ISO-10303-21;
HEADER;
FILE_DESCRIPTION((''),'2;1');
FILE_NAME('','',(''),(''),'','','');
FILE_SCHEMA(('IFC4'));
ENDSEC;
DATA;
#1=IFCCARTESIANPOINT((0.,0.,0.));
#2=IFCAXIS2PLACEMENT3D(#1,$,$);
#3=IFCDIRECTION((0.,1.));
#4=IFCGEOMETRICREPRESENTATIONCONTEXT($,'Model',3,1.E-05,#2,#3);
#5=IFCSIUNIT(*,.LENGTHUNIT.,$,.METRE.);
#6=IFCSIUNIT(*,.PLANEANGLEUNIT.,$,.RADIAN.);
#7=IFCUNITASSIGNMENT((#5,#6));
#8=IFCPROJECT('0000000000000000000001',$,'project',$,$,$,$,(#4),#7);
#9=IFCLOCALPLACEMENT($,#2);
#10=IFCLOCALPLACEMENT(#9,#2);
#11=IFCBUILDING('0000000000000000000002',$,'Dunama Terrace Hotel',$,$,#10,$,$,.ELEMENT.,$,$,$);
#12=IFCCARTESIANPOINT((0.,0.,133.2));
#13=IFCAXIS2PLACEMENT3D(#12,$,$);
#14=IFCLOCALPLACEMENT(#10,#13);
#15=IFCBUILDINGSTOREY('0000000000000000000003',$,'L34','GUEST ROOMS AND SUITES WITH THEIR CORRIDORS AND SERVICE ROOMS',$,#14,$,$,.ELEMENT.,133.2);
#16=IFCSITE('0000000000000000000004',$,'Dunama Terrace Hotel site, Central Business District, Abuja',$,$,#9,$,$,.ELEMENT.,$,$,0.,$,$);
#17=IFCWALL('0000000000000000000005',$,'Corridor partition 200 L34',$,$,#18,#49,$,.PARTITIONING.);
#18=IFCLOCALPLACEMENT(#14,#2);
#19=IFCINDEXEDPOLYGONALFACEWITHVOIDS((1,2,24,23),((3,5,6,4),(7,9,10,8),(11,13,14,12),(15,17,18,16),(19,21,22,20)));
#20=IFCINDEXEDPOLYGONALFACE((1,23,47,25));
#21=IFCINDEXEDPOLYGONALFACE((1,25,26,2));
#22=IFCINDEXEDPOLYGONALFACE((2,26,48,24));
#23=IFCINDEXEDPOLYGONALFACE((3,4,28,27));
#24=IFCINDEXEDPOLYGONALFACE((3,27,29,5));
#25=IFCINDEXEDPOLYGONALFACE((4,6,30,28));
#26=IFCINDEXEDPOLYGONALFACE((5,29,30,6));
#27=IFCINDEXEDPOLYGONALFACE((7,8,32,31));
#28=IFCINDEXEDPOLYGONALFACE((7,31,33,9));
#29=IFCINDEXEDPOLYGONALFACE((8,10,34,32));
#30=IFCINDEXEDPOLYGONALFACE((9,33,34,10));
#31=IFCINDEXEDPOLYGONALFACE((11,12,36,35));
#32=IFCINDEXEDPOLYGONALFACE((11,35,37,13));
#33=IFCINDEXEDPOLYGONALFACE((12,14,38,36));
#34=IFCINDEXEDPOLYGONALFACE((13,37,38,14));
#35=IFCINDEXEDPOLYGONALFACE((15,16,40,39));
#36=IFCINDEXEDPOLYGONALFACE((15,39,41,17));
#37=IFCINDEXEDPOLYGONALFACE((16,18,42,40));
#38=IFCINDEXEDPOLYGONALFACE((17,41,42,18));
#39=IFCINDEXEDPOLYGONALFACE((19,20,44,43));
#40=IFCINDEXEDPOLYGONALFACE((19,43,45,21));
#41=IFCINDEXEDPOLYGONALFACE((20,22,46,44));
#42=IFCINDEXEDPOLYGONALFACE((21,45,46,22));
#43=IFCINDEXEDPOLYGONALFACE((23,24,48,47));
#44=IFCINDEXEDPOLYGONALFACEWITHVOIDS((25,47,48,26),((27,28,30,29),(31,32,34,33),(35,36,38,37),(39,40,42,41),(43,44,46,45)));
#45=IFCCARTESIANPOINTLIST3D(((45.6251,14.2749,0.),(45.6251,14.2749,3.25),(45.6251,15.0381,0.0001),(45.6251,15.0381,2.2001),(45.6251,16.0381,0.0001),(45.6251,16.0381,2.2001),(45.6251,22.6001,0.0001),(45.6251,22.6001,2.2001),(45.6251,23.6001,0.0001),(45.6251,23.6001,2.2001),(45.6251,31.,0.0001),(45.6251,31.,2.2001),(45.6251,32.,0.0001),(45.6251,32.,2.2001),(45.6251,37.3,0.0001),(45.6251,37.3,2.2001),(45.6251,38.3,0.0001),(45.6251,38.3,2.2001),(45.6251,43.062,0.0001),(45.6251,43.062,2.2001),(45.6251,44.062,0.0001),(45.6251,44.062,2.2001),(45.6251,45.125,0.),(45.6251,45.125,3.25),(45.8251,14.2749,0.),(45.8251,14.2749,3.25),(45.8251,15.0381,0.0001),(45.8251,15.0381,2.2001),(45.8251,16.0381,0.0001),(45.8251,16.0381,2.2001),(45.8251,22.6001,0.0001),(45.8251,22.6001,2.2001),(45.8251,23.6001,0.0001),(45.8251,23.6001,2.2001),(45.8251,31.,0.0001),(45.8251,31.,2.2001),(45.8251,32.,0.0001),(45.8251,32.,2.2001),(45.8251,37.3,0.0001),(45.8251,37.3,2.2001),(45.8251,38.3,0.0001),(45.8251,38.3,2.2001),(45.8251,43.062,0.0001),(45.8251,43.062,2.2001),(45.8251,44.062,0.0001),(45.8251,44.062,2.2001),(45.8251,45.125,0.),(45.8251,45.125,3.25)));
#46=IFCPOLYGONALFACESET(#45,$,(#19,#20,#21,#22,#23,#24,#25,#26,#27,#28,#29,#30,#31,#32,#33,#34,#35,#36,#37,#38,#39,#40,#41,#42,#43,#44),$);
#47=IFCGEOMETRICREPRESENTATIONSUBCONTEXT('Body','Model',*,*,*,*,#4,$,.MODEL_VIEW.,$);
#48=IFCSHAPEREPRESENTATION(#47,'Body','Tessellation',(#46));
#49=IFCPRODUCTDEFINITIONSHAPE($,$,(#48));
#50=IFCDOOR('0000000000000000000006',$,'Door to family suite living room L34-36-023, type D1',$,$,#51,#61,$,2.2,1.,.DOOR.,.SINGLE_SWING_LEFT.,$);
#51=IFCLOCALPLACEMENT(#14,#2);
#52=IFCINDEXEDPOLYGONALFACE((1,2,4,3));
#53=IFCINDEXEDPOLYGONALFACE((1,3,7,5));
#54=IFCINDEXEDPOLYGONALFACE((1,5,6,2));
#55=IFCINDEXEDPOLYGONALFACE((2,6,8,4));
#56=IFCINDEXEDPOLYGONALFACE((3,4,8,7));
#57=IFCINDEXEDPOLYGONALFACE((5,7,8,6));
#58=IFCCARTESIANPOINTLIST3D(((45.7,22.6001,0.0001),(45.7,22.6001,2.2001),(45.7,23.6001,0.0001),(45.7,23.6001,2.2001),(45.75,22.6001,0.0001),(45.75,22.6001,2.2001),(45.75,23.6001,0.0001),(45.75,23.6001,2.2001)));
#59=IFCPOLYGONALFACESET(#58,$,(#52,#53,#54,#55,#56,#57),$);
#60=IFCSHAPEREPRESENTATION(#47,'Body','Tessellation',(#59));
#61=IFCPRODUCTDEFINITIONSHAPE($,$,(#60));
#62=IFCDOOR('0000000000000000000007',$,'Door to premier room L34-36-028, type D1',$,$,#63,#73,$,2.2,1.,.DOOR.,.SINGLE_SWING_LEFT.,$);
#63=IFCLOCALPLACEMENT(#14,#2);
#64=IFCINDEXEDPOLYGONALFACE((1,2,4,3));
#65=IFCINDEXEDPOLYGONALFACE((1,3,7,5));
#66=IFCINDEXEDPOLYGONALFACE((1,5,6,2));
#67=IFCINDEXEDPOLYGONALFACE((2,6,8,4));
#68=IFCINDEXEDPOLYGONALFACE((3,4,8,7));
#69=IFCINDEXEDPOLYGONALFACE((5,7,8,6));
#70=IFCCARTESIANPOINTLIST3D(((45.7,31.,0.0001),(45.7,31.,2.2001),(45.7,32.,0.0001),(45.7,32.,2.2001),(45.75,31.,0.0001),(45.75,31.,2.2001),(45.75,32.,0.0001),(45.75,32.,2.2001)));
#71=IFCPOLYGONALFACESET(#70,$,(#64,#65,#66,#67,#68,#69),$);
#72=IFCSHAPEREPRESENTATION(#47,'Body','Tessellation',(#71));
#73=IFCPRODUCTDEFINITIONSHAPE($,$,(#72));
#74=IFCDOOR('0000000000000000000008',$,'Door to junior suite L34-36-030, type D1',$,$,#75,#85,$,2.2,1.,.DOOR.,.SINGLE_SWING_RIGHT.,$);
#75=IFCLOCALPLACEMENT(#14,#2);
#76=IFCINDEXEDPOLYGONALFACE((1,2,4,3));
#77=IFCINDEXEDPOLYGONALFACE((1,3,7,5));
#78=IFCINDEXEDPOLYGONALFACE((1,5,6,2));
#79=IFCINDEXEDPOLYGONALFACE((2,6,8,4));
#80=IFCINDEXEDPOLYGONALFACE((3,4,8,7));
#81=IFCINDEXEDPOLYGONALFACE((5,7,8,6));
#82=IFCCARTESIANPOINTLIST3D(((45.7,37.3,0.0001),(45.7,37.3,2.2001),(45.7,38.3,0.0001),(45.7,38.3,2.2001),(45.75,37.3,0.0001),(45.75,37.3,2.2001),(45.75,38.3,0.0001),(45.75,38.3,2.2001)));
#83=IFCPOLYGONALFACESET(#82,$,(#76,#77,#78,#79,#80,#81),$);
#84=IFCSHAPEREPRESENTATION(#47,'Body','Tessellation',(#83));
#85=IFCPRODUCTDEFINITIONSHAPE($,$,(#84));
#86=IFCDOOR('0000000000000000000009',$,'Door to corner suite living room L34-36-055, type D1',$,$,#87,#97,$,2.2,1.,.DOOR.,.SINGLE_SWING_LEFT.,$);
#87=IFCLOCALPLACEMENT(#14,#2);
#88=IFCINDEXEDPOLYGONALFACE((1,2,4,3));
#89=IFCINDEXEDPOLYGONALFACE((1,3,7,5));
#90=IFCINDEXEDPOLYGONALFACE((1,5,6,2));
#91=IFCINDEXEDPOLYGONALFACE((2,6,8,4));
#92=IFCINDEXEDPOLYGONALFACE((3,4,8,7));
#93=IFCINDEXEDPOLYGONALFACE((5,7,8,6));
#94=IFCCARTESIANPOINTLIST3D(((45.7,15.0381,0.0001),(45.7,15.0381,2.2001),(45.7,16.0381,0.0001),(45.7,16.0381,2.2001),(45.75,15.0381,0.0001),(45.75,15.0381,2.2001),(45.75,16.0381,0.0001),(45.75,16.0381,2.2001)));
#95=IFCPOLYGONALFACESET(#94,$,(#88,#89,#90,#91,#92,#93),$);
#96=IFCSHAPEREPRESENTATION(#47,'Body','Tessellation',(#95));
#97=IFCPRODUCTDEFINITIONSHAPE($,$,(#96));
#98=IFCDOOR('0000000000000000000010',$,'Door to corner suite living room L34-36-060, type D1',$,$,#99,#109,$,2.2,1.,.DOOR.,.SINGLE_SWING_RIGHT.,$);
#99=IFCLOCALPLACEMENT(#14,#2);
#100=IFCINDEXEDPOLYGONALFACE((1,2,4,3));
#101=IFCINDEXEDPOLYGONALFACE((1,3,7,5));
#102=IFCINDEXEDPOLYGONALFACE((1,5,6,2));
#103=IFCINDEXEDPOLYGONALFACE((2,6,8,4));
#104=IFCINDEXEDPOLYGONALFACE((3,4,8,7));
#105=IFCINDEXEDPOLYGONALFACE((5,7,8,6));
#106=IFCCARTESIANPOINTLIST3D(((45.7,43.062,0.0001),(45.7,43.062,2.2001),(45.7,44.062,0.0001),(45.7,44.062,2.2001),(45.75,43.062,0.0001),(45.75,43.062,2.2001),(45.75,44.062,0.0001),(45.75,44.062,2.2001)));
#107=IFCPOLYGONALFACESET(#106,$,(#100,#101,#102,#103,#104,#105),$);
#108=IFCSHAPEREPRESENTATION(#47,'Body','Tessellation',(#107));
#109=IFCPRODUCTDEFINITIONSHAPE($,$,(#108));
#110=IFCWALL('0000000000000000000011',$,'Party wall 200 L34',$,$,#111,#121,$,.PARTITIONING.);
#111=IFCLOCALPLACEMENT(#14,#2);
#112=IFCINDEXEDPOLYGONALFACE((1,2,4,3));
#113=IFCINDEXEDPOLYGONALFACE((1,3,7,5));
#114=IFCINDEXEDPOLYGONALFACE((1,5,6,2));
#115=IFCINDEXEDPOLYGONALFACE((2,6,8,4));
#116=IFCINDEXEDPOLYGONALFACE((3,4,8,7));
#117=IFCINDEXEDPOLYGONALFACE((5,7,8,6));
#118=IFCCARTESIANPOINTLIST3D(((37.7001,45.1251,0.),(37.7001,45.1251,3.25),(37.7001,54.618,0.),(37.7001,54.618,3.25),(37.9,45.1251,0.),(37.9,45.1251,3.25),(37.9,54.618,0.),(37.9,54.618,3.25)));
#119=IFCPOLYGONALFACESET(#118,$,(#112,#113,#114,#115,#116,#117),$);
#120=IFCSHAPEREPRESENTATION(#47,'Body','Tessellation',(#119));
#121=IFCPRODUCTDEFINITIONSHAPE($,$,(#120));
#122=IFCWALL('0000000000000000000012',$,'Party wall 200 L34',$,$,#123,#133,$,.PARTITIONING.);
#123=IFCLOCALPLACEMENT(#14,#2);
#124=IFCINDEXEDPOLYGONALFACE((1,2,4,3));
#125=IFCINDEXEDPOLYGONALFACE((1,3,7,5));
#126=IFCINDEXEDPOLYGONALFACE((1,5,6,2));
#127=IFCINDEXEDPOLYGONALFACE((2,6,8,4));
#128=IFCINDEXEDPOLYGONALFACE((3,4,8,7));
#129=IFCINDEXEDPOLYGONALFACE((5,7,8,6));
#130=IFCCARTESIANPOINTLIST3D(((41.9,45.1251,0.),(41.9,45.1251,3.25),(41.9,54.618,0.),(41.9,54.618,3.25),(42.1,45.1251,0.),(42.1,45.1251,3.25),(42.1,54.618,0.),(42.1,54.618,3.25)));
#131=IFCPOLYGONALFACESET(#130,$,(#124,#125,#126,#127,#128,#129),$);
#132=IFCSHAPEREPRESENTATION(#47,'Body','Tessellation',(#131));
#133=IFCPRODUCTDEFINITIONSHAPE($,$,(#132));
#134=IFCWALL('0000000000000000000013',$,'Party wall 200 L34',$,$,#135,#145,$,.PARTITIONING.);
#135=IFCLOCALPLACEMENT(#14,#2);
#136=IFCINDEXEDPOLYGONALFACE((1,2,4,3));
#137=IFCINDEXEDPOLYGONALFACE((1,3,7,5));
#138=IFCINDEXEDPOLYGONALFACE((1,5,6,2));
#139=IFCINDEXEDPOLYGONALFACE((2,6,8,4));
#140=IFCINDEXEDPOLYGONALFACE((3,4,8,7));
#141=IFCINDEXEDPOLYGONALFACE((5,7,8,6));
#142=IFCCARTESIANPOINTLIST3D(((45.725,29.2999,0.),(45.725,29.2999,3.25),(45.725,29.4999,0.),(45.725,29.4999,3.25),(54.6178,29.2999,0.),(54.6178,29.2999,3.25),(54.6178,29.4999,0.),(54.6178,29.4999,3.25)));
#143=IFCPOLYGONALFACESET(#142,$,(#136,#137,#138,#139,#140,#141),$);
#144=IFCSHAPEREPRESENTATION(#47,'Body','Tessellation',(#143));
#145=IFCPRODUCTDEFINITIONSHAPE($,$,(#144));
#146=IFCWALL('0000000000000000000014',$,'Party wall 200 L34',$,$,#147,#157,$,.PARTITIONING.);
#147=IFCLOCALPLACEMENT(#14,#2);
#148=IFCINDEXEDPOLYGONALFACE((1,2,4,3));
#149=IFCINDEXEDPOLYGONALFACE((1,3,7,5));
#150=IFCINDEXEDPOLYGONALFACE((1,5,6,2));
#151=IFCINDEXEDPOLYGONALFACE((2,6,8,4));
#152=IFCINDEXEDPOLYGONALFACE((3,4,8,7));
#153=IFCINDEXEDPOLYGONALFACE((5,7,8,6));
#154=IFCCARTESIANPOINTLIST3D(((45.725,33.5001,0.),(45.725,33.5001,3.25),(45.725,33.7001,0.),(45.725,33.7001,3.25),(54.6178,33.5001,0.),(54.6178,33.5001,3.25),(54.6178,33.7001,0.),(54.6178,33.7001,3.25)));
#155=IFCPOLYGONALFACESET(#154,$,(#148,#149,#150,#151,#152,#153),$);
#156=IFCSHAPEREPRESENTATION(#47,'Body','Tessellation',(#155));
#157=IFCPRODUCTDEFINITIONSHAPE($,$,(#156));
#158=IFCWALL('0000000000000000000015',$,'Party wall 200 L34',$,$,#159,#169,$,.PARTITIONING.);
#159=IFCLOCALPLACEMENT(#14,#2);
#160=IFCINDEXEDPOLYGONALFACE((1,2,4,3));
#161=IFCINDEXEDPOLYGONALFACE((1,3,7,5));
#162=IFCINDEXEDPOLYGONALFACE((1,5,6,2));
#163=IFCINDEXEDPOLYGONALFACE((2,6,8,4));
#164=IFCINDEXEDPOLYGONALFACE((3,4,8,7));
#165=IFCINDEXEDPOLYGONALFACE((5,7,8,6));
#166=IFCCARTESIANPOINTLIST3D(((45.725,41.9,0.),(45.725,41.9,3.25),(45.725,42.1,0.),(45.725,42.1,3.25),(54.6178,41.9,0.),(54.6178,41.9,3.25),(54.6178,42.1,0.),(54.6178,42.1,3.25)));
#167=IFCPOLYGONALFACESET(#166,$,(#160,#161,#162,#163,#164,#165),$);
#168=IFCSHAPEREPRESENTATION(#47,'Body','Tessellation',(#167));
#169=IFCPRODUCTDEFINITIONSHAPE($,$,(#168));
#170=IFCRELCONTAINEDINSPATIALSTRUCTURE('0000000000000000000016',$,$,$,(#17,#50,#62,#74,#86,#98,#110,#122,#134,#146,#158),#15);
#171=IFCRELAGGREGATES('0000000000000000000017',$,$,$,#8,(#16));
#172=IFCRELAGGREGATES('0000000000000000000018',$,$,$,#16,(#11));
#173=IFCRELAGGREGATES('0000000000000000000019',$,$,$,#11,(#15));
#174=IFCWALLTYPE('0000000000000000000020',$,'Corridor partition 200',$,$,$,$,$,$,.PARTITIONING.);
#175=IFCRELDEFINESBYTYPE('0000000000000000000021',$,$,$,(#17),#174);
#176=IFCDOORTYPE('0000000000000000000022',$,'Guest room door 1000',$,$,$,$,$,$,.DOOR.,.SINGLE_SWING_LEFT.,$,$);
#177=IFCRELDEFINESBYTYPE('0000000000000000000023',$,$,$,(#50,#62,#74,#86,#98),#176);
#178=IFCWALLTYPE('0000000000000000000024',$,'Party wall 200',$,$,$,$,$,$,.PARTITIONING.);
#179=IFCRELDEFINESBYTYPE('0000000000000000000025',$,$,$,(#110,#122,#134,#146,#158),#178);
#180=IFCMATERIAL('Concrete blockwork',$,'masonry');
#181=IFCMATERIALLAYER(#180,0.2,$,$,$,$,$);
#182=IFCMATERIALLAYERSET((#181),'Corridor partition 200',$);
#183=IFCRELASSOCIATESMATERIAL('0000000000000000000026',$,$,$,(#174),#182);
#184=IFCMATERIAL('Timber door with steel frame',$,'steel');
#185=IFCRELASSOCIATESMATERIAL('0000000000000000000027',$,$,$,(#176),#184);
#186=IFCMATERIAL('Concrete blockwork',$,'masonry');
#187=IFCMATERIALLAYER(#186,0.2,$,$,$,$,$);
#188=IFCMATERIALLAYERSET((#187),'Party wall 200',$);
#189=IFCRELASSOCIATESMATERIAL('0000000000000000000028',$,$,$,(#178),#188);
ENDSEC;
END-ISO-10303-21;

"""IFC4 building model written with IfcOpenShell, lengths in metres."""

from ifc_helpers import new_model, si_unit, direction, frame, frame_2d, origin, place, context, subcontext, project, spatial, rectangle, extrude, material, layer, layer_set, type_object, element, fill, save


model = new_model("IFC4")

# Units and contexts
model_context = context("Model", 3, precision=1e-05, world=origin(), true_north=direction((0.0, 1.0)))
body_context = subcontext(model_context, "Body", "Model", "MODEL_VIEW")
ifc_project = project(units=[si_unit("LENGTHUNIT", "METRE"), si_unit("PLANEANGLEUNIT", "RADIAN")], contexts=[model_context])

# Site, building, storey
site_placement = place(None, origin())
site = spatial("IfcSite", under=ifc_project, at=site_placement, Name="Dunama Terrace Hotel site, Central Business District, Abuja", CompositionType="ELEMENT", RefElevation=0.0)
building_placement = place(site_placement, origin())
building = spatial("IfcBuilding", under=site, at=building_placement, Name="Dunama Terrace Hotel", CompositionType="ELEMENT")
storey_placement = place(building_placement, frame((0.0, 0.0, 133.2)))
storey = spatial("IfcBuildingStorey", under=building, at=storey_placement, Name="L34", Description="GUEST ROOMS AND SUITES WITH THEIR CORRIDORS AND SERVICE ROOMS", CompositionType="ELEMENT", Elevation=133.2)

# Wall, openings, doors
ifc_material_1 = material(Name="Concrete blockwork", Category="masonry")
ifc_layer_1 = layer(ifc_material_1, 0.2)
ifc_layer_set_1 = layer_set([ifc_layer_1], Name="Corridor partition 200")
wall_type_1 = type_object("IfcWallType", Name="Corridor partition 200", PredefinedType="PARTITIONING", material=ifc_layer_set_1)
wall_1_placement = place(storey_placement, frame((45.7251, 45.125, 0.0), z_axis=(0.0, 0.0, 1.0), x_axis=(0.0, -1.0, 0.0)))
wall_1 = element("IfcWall", 1, at=wall_1_placement, inside=storey, type_object=wall_type_1, Name="Corridor partition 200 L34", PredefinedType="PARTITIONING", context=body_context, shape_type="SweptSolid", body=[
    extrude(rectangle(XDim=30.8501, YDim=0.2, at=frame_2d((15.425, 0.0))), origin(), (0.0, 0.0, 1.0), 3.25),
])
opening_1_placement = place(wall_1_placement, frame((21.5249, 0.0, 0.0)))
opening_1 = element("IfcOpeningElement", 2, at=opening_1_placement, cuts=wall_1, PredefinedType="OPENING", context=body_context, shape_type="SweptSolid", body=[
    extrude(rectangle(XDim=1.0, YDim=2.2, at=frame_2d((0.5, 1.1001))), frame((0.0, 0.1099, 0.0), z_axis=(0.0, -1.0, 0.0), x_axis=(1.0, 0.0, 0.0)), (0.0, 0.0, 1.0), 0.22),
])
opening_2_placement = place(wall_1_placement, frame((13.125, 0.0, 0.0)))
opening_2 = element("IfcOpeningElement", 3, at=opening_2_placement, cuts=wall_1, PredefinedType="OPENING", context=body_context, shape_type="SweptSolid", body=[
    extrude(rectangle(XDim=1.0, YDim=2.2, at=frame_2d((0.5, 1.1001))), frame((0.0, 0.1099, 0.0), z_axis=(0.0, -1.0, 0.0), x_axis=(1.0, 0.0, 0.0)), (0.0, 0.0, 1.0), 0.22),
])
opening_3_placement = place(wall_1_placement, frame((6.825, 0.0, 0.0)))
opening_3 = element("IfcOpeningElement", 4, at=opening_3_placement, cuts=wall_1, PredefinedType="OPENING", context=body_context, shape_type="SweptSolid", body=[
    extrude(rectangle(XDim=1.0, YDim=2.2, at=frame_2d((0.5, 1.1001))), frame((0.0, 0.1099, 0.0), z_axis=(0.0, -1.0, 0.0), x_axis=(1.0, 0.0, 0.0)), (0.0, 0.0, 1.0), 0.22),
])
opening_4_placement = place(wall_1_placement, frame((29.0869, 0.0, 0.0)))
opening_4 = element("IfcOpeningElement", 5, at=opening_4_placement, cuts=wall_1, PredefinedType="OPENING", context=body_context, shape_type="SweptSolid", body=[
    extrude(rectangle(XDim=1.0, YDim=2.2, at=frame_2d((0.5, 1.1001))), frame((0.0, 0.1099, 0.0), z_axis=(0.0, -1.0, 0.0), x_axis=(1.0, 0.0, 0.0)), (0.0, 0.0, 1.0), 0.22),
])
opening_5_placement = place(wall_1_placement, frame((1.063, 0.0, 0.0)))
opening_5 = element("IfcOpeningElement", 6, at=opening_5_placement, cuts=wall_1, PredefinedType="OPENING", context=body_context, shape_type="SweptSolid", body=[
    extrude(rectangle(XDim=1.0, YDim=2.2, at=frame_2d((0.5, 1.1001))), frame((0.0, 0.1099, 0.0), z_axis=(0.0, -1.0, 0.0), x_axis=(1.0, 0.0, 0.0)), (0.0, 0.0, 1.0), 0.22),
])
ifc_material_2 = material(Name="Timber door with steel frame", Category="steel")
door_type_1 = type_object("IfcDoorType", Name="Guest room door 1000", OperationType="SINGLE_SWING_LEFT", PredefinedType="DOOR", material=ifc_material_2)
door_1_placement = place(opening_1_placement, origin())
door_1 = element("IfcDoor", 7, at=door_1_placement, inside=storey, type_object=door_type_1, Name="Door to family suite living room L34-36-023, type D1", OperationType="SINGLE_SWING_LEFT", OverallHeight=2.2, OverallWidth=1.0, PredefinedType="DOOR", context=body_context, shape_type="SweptSolid", body=[
    extrude(rectangle(XDim=1.0, YDim=2.2, at=frame_2d((0.5, 1.1001))), frame((0.0, 0.0249, 0.0), z_axis=(0.0, -1.0, 0.0), x_axis=(1.0, 0.0, 0.0)), (0.0, 0.0, 1.0), 0.05),
])
fill(opening_1, door_1)
door_2_placement = place(opening_2_placement, origin())
door_2 = element("IfcDoor", 8, at=door_2_placement, inside=storey, type_object=door_type_1, Name="Door to premier room L34-36-028, type D1", OperationType="SINGLE_SWING_LEFT", OverallHeight=2.2, OverallWidth=1.0, PredefinedType="DOOR", context=body_context, shape_type="SweptSolid", body=[
    extrude(rectangle(XDim=1.0, YDim=2.2, at=frame_2d((0.5, 1.1001))), frame((0.0, 0.0249, 0.0), z_axis=(0.0, -1.0, 0.0), x_axis=(1.0, 0.0, 0.0)), (0.0, 0.0, 1.0), 0.05),
])
fill(opening_2, door_2)
door_3_placement = place(opening_3_placement, origin())
door_3 = element("IfcDoor", 9, at=door_3_placement, inside=storey, type_object=door_type_1, Name="Door to junior suite L34-36-030, type D1", OperationType="SINGLE_SWING_RIGHT", OverallHeight=2.2, OverallWidth=1.0, PredefinedType="DOOR", context=body_context, shape_type="SweptSolid", body=[
    extrude(rectangle(XDim=1.0, YDim=2.2, at=frame_2d((0.5, 1.1001))), frame((0.0, 0.0249, 0.0), z_axis=(0.0, -1.0, 0.0), x_axis=(1.0, 0.0, 0.0)), (0.0, 0.0, 1.0), 0.05),
])
fill(opening_3, door_3)
door_4_placement = place(opening_4_placement, origin())
door_4 = element("IfcDoor", 10, at=door_4_placement, inside=storey, type_object=door_type_1, Name="Door to corner suite living room L34-36-055, type D1", OperationType="SINGLE_SWING_LEFT", OverallHeight=2.2, OverallWidth=1.0, PredefinedType="DOOR", context=body_context, shape_type="SweptSolid", body=[
    extrude(rectangle(XDim=1.0, YDim=2.2, at=frame_2d((0.5, 1.1001))), frame((0.0, 0.0249, 0.0), z_axis=(0.0, -1.0, 0.0), x_axis=(1.0, 0.0, 0.0)), (0.0, 0.0, 1.0), 0.05),
])
fill(opening_4, door_4)
door_5_placement = place(opening_5_placement, origin())
door_5 = element("IfcDoor", 11, at=door_5_placement, inside=storey, type_object=door_type_1, Name="Door to corner suite living room L34-36-060, type D1", OperationType="SINGLE_SWING_RIGHT", OverallHeight=2.2, OverallWidth=1.0, PredefinedType="DOOR", context=body_context, shape_type="SweptSolid", body=[
    extrude(rectangle(XDim=1.0, YDim=2.2, at=frame_2d((0.5, 1.1001))), frame((0.0, 0.0249, 0.0), z_axis=(0.0, -1.0, 0.0), x_axis=(1.0, 0.0, 0.0)), (0.0, 0.0, 1.0), 0.05),
])
fill(opening_5, door_5)

# Walls
ifc_material_3 = material(Name="Concrete blockwork", Category="masonry")
ifc_layer_2 = layer(ifc_material_3, 0.2)
ifc_layer_set_2 = layer_set([ifc_layer_2], Name="Party wall 200")
wall_type_2 = type_object("IfcWallType", Name="Party wall 200", PredefinedType="PARTITIONING", material=ifc_layer_set_2)
for number, where, z_axis, x_axis, name in (
    (12, (37.8, 45.125, 0.0), (0.0, 0.0, 1.0), (0.0, 1.0, 0.0), "Party wall 200 L34"),
    (13, (42.0, 45.125, 0.0), (0.0, 0.0, 1.0), (0.0, 1.0, 0.0), "Party wall 200 L34"),
):
    element("IfcWall", number, at=place(storey_placement, frame(where, z_axis=z_axis, x_axis=x_axis)), inside=storey, type_object=wall_type_2, Name=name, PredefinedType="PARTITIONING", context=body_context, shape_type="SweptSolid", body=[
        extrude(rectangle(XDim=9.4929, YDim=0.2, at=frame_2d((4.7466, 0.0))), origin(), (0.0, 0.0, 1.0), 3.25),
    ])
for number, where, z_axis, x_axis, name in (
    (14, (45.7251, 29.3999, 0.0), (0.0, 0.0, 1.0), (1.0, 0.0, 0.0), "Party wall 200 L34"),
    (15, (45.7251, 33.6001, 0.0), (0.0, 0.0, 1.0), (1.0, 0.0, 0.0), "Party wall 200 L34"),
    (16, (45.7251, 42.0, 0.0), (0.0, 0.0, 1.0), (1.0, 0.0, 0.0), "Party wall 200 L34"),
):
    element("IfcWall", number, at=place(storey_placement, frame(where, z_axis=z_axis, x_axis=x_axis)), inside=storey, type_object=wall_type_2, Name=name, PredefinedType="PARTITIONING", context=body_context, shape_type="SweptSolid", body=[
        extrude(rectangle(XDim=8.8928, YDim=0.2, at=frame_2d((4.4463, 0.0))), origin(), (0.0, 0.0, 1.0), 3.25),
    ])

save(model, "model.ifc")
